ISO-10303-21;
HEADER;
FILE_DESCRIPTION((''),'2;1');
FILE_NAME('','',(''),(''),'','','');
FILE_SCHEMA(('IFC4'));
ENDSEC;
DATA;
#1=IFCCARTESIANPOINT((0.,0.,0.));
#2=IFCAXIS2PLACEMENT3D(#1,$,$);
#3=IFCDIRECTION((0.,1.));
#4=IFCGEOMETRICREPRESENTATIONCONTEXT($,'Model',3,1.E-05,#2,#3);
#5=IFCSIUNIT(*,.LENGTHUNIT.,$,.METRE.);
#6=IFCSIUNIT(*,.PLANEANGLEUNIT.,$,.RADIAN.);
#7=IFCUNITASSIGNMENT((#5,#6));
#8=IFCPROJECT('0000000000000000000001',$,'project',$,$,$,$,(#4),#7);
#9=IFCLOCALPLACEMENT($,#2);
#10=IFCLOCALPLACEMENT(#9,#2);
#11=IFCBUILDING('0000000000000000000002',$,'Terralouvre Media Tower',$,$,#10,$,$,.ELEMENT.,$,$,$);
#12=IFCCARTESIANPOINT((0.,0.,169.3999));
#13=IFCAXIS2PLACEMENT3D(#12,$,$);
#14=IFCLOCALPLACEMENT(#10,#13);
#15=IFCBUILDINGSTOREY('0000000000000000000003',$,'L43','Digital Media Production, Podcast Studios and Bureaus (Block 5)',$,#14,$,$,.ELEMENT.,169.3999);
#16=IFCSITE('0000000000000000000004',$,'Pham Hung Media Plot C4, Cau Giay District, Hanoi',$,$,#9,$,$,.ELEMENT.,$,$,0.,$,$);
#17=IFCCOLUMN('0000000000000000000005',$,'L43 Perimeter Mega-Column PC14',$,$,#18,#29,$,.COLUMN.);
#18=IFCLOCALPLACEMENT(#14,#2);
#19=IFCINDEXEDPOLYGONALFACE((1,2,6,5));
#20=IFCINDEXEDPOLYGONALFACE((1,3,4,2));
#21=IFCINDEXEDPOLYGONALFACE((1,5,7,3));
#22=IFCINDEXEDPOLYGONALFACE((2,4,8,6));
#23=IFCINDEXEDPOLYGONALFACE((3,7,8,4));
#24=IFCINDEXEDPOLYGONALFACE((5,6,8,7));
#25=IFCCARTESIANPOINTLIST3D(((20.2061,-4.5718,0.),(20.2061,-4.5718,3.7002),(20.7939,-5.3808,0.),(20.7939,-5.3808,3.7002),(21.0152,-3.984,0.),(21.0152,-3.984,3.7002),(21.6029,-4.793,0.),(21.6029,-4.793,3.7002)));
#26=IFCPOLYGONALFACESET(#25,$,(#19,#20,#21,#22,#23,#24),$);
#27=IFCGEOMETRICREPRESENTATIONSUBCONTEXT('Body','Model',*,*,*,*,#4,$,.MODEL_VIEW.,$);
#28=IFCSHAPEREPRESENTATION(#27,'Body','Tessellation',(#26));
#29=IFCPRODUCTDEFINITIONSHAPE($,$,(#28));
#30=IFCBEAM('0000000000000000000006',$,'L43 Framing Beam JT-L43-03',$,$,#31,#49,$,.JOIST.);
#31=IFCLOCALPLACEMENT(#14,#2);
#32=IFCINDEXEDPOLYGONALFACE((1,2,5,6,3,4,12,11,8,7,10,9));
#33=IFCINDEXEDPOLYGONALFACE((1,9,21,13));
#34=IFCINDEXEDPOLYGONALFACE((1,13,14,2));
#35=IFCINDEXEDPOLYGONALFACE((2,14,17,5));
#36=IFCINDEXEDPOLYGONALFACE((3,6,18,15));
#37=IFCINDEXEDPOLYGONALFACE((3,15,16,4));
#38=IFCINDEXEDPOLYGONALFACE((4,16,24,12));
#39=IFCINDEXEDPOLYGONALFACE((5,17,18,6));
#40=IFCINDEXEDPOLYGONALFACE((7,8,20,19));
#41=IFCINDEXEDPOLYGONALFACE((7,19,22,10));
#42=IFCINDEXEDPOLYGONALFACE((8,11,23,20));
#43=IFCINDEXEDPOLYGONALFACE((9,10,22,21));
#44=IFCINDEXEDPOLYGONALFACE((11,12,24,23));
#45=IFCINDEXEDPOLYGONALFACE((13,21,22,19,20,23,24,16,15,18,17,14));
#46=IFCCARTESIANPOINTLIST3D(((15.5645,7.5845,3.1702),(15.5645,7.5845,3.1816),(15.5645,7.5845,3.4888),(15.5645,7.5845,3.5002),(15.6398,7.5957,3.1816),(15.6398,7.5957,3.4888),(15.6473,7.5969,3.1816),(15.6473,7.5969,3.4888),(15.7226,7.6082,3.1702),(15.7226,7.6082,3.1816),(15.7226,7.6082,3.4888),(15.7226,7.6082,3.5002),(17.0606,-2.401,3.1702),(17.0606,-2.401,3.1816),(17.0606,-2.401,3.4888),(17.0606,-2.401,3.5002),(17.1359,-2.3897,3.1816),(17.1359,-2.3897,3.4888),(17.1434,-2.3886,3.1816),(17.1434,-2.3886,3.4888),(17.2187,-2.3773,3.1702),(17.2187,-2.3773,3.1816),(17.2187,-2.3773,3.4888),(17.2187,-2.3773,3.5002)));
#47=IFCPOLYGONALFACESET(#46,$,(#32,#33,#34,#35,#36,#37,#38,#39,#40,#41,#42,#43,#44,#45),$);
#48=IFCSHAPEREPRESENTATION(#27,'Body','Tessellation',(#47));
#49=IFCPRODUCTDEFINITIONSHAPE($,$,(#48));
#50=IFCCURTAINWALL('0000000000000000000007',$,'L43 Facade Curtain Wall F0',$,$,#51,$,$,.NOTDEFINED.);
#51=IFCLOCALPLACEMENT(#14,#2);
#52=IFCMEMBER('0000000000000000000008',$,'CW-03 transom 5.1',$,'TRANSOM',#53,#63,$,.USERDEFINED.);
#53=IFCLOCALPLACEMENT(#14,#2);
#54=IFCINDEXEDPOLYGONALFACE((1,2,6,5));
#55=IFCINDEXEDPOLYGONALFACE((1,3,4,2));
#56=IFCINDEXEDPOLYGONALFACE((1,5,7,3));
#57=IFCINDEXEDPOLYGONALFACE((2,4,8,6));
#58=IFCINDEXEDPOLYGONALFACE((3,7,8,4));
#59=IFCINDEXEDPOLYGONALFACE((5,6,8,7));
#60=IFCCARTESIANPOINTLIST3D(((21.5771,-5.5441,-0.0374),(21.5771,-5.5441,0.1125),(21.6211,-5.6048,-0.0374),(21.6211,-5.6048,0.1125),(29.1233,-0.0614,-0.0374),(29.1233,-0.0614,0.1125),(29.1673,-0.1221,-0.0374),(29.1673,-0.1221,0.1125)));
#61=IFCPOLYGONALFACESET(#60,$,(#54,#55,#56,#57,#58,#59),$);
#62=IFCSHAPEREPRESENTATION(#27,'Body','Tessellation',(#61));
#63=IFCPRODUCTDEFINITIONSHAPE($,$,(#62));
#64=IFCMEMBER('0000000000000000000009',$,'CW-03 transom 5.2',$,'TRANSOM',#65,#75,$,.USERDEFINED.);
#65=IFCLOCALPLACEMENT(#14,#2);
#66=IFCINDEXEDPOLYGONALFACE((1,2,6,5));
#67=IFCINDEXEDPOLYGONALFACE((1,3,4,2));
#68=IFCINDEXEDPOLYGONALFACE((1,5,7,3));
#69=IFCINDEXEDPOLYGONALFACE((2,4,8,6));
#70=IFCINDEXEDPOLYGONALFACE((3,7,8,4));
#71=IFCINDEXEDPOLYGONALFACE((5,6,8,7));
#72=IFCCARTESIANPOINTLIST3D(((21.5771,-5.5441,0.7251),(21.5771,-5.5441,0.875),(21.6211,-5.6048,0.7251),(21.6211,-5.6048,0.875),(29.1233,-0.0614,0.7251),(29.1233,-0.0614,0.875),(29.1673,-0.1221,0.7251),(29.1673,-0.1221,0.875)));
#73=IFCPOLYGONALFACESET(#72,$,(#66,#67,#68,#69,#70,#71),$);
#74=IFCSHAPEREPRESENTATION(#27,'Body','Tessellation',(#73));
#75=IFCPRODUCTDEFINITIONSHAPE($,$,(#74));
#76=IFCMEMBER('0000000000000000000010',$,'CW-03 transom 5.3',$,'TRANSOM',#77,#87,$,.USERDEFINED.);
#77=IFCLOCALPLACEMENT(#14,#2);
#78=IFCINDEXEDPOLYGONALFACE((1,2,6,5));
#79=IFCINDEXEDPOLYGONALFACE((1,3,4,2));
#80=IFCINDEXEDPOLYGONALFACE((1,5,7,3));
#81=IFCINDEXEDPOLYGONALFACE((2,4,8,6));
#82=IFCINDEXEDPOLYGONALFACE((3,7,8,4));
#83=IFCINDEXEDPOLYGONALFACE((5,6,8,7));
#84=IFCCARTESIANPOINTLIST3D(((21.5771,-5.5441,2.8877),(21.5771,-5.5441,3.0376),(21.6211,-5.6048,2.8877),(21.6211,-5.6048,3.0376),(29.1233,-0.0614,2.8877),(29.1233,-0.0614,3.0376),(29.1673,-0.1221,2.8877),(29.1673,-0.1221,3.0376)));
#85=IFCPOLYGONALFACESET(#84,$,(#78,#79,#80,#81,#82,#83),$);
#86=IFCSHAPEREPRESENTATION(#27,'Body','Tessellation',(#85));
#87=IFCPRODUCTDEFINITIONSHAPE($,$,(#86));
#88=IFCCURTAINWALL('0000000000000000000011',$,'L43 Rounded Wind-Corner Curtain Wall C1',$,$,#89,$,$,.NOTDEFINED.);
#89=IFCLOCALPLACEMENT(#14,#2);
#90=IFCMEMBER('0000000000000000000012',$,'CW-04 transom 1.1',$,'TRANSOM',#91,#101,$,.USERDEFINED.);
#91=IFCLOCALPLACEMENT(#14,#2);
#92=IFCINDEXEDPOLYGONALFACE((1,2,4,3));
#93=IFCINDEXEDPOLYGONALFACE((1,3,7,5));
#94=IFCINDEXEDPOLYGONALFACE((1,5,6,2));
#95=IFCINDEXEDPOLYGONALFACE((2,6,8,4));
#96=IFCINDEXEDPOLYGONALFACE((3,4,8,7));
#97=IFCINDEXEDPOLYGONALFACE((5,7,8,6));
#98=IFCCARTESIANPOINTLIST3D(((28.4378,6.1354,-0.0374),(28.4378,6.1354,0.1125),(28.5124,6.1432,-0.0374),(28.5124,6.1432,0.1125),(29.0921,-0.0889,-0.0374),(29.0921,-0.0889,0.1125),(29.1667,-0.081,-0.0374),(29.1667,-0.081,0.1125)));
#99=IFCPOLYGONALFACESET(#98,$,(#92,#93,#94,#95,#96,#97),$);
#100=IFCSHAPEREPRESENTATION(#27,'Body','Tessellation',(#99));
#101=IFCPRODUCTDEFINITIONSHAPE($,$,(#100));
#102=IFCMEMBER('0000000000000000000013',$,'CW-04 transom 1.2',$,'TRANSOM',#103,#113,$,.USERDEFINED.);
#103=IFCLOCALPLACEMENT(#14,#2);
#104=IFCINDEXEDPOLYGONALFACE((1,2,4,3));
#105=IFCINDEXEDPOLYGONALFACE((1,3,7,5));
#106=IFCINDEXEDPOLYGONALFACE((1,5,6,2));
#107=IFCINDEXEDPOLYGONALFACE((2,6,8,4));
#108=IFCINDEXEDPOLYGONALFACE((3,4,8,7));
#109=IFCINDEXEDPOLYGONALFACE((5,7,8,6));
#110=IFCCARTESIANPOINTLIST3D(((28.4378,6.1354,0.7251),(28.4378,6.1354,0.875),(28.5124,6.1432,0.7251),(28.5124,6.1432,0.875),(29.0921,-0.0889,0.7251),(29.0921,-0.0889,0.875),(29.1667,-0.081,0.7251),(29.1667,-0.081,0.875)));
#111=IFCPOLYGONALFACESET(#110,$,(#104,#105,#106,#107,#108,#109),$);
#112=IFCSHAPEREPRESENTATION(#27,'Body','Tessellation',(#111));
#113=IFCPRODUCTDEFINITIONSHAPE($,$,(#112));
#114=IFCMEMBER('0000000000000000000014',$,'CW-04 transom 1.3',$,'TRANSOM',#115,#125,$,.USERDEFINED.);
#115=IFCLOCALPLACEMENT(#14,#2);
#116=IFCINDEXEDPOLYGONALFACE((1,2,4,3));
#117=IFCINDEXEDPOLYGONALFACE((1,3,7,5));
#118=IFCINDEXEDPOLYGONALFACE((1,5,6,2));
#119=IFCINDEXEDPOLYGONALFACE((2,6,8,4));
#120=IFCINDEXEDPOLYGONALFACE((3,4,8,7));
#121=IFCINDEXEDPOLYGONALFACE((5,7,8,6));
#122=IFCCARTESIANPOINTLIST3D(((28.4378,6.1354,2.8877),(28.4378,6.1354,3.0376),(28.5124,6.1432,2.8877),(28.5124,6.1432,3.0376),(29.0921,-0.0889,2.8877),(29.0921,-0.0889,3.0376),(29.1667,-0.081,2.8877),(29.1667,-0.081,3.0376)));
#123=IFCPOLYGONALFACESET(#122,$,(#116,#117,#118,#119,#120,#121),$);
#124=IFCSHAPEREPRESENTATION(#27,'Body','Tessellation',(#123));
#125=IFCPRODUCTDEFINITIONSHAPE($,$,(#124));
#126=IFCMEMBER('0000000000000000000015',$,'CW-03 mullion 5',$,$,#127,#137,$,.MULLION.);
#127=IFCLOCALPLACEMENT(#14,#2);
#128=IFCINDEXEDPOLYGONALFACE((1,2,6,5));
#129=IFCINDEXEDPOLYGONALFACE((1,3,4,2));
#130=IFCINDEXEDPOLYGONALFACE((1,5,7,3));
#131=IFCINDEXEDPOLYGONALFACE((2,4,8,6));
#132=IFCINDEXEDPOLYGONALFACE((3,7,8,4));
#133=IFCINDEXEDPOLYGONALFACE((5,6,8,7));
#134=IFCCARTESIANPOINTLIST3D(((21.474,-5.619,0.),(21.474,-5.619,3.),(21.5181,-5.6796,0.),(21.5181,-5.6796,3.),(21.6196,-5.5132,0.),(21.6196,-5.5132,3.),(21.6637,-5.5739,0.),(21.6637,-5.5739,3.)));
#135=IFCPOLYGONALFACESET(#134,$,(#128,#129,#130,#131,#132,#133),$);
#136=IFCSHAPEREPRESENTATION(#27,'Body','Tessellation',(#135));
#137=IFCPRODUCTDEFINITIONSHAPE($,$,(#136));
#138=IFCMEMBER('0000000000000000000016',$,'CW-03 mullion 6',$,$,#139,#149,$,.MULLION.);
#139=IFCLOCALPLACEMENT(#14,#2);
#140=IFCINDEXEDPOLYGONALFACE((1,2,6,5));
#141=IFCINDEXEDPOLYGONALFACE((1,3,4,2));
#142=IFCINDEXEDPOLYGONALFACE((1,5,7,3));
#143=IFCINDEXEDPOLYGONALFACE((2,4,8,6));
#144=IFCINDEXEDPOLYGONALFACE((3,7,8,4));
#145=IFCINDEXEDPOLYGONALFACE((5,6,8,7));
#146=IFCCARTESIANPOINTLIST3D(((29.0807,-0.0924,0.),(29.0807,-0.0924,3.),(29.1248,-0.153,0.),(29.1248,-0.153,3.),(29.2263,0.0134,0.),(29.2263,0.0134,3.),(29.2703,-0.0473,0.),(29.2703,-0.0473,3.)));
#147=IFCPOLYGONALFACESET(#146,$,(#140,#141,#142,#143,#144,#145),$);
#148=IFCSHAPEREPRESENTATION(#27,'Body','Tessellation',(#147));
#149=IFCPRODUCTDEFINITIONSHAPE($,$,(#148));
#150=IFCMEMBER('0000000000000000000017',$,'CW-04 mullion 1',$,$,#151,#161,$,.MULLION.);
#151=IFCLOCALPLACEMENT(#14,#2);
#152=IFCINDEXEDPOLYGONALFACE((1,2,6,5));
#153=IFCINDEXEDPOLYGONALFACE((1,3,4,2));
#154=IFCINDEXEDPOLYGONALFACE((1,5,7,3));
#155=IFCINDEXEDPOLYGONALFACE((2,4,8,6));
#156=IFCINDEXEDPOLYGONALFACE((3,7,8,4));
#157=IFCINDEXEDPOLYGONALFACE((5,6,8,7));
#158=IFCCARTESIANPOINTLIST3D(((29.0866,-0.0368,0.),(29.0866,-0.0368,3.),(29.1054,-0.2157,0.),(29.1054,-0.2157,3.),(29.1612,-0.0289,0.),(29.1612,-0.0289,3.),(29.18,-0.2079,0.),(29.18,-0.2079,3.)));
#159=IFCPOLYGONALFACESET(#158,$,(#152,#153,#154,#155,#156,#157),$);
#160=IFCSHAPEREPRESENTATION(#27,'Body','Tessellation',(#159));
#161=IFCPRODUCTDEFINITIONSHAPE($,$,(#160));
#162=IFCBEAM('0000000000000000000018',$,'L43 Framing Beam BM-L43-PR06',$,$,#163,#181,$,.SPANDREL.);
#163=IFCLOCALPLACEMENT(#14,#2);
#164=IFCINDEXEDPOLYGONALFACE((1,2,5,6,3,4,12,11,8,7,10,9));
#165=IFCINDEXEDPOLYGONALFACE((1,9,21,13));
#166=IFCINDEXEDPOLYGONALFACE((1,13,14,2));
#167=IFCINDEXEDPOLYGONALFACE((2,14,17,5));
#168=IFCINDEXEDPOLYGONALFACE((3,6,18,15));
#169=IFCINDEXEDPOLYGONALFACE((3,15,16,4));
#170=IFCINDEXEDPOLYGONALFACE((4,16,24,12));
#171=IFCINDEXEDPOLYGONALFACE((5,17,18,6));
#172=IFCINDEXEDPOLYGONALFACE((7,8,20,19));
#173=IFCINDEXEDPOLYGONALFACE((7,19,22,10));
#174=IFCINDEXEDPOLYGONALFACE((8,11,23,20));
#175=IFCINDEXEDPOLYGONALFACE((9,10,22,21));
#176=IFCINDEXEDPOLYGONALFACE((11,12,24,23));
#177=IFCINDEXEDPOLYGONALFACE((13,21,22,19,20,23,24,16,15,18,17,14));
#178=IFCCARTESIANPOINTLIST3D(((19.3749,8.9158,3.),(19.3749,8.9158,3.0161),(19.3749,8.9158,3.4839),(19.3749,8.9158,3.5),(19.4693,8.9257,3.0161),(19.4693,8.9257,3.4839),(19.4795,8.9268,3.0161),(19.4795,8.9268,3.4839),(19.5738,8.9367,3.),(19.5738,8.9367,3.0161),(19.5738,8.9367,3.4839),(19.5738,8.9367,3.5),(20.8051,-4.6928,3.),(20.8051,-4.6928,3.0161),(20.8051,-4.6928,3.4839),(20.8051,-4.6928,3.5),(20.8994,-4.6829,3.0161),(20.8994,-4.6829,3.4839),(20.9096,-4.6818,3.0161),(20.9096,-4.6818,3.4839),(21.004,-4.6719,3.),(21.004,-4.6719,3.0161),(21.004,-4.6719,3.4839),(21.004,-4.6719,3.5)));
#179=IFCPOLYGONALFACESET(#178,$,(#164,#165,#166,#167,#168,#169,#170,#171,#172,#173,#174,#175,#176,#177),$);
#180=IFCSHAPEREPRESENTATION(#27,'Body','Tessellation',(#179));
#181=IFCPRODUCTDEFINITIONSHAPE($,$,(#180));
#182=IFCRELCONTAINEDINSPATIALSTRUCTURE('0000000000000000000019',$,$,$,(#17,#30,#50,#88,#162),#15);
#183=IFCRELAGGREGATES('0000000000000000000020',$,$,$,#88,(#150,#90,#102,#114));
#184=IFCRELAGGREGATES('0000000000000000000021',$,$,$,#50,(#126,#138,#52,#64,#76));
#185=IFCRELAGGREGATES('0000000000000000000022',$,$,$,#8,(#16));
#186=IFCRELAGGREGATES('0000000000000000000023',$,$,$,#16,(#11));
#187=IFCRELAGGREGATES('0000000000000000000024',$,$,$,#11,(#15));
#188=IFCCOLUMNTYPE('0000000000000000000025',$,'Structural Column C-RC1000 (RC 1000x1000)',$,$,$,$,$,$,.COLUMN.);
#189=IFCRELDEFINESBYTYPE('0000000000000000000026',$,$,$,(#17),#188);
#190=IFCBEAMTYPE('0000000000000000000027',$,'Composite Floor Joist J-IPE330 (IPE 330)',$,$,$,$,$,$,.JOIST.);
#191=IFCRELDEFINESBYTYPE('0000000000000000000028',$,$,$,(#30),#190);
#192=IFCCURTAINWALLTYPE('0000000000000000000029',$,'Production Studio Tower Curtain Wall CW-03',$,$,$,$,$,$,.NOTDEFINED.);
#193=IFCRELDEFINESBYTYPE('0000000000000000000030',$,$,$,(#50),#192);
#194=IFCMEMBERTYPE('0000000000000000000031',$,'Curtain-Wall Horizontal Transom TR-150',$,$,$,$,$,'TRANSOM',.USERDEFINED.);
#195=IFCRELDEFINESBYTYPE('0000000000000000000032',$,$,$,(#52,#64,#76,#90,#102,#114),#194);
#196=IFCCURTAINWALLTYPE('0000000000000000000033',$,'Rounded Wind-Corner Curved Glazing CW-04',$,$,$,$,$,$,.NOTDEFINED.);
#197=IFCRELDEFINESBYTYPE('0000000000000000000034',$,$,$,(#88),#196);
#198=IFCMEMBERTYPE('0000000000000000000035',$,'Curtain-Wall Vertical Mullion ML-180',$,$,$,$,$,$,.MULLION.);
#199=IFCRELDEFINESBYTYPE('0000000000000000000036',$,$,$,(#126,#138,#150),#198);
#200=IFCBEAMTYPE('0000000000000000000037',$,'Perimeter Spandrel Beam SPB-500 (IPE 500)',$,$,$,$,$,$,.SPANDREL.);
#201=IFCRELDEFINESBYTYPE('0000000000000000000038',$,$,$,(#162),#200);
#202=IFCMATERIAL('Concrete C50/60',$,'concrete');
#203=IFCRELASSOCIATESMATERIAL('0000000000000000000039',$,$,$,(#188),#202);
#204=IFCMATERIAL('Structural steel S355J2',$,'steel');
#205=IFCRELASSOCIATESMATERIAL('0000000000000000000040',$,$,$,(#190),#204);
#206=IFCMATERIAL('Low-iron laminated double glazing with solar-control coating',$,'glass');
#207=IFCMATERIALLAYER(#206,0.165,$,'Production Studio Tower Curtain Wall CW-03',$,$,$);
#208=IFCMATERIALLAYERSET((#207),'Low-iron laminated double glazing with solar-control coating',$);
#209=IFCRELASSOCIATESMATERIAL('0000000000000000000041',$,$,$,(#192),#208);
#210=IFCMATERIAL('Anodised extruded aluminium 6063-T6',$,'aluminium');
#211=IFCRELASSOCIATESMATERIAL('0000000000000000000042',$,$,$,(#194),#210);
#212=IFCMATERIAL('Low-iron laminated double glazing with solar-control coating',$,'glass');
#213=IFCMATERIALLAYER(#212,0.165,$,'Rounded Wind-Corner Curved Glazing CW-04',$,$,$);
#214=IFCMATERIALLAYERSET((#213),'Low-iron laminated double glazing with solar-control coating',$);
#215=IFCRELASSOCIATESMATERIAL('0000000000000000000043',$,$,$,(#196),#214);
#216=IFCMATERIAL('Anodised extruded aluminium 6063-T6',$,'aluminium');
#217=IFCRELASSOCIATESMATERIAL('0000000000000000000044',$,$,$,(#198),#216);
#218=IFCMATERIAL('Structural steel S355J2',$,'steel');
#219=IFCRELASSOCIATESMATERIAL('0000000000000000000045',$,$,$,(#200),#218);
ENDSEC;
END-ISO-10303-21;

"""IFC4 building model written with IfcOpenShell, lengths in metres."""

from ifc_helpers import new_model, si_unit, direction, frame, origin, origin_2d, place, context, subcontext, project, spatial, rectangle, i_section, extrude, material, layer, layer_set, material_profile, profile_set, type_object, element, aggregate, save


model = new_model("IFC4")

# Units and contexts
model_context = context("Model", 3, precision=1e-05, world=origin(), true_north=direction((0.0, 1.0)))
body_context = subcontext(model_context, "Body", "Model", "MODEL_VIEW")
ifc_project = project(units=[si_unit("LENGTHUNIT", "METRE"), si_unit("PLANEANGLEUNIT", "RADIAN")], contexts=[model_context])

# Site, building, storey
site_placement = place(None, origin())
site = spatial("IfcSite", under=ifc_project, at=site_placement, Name="Pham Hung Media Plot C4, Cau Giay District, Hanoi", CompositionType="ELEMENT", RefElevation=0.0)
building_placement = place(site_placement, origin())
building = spatial("IfcBuilding", under=site, at=building_placement, Name="Terralouvre Media Tower", CompositionType="ELEMENT")
storey_placement = place(building_placement, frame((0.0, 0.0, 169.3999)))
storey = spatial("IfcBuildingStorey", under=building, at=storey_placement, Name="L43", Description="Digital Media Production, Podcast Studios and Bureaus (Block 5)", CompositionType="ELEMENT", Elevation=169.3999)

# Column
ifc_material_1 = material(Name="Concrete C50/60", Category="concrete")
ifc_material_profile_1 = material_profile(ifc_material_1, rectangle(XDim=1.0, YDim=1.0, at=origin_2d()), Name="RC 1000x1000")
ifc_profile_set_1 = profile_set([ifc_material_profile_1], Name="Concrete C50/60")
column_type = type_object("IfcColumnType", Name="Structural Column C-RC1000 (RC 1000x1000)", PredefinedType="COLUMN", material=ifc_profile_set_1)
column_placement = place(storey_placement, frame((20.9045, -4.6824, 0.0), z_axis=(0.0, 0.0, 1.0), x_axis=(0.809017, 0.587785, 0.0)))
element("IfcColumn", 1, at=column_placement, inside=storey, type_object=column_type, Name="L43 Perimeter Mega-Column PC14", PredefinedType="COLUMN", context=body_context, shape_type="SweptSolid", body=[
    extrude(rectangle(XDim=1.0, YDim=1.0, at=origin_2d()), origin(), (0.0, 0.0, 1.0), 3.7002),
])

# Beam
ifc_material_2 = material(Name="Structural steel S355J2", Category="steel")
ifc_material_profile_2 = material_profile(ifc_material_2, i_section(OverallWidth=0.1599, OverallDepth=0.3301, WebThickness=0.0076, FlangeThickness=0.0115, at=origin_2d()), Name="IPE 330")
ifc_profile_set_2 = profile_set([ifc_material_profile_2], Name="Structural steel S355J2")
beam_type_1 = type_object("IfcBeamType", Name="Composite Floor Joist J-IPE330 (IPE 330)", PredefinedType="JOIST", material=ifc_profile_set_2)
beam_1_placement = place(storey_placement, frame((17.1396, -2.3892, 3.3352), z_axis=(-0.148175, 0.988961, 0.0), x_axis=(-0.988961, -0.148175, 0.0)))
element("IfcBeam", 2, at=beam_1_placement, inside=storey, type_object=beam_type_1, Name="L43 Framing Beam JT-L43-03", PredefinedType="JOIST", context=body_context, shape_type="SweptSolid", body=[
    extrude(i_section(OverallWidth=0.1599, OverallDepth=0.3301, WebThickness=0.0076, FlangeThickness=0.0115, at=origin_2d()), origin(), (0.0, 0.0, 1.0), 10.0969),
])

# Curtain walls, members
ifc_material_3 = material(Name="Low-iron laminated double glazing with solar-control coating", Category="glass")
ifc_layer_1 = layer(ifc_material_3, 0.165, Name="Production Studio Tower Curtain Wall CW-03")
ifc_layer_set_1 = layer_set([ifc_layer_1], Name="Low-iron laminated double glazing with solar-control coating")
curtain_wall_type_1 = type_object("IfcCurtainWallType", Name="Production Studio Tower Curtain Wall CW-03", PredefinedType="NOTDEFINED", material=ifc_layer_set_1)
curtain_wall_1_placement = place(storey_placement, origin())
curtain_wall_1 = element("IfcCurtainWall", 3, at=curtain_wall_1_placement, inside=storey, type_object=curtain_wall_type_1, Name="L43 Facade Curtain Wall F0", PredefinedType="NOTDEFINED")
ifc_material_4 = material(Name="Anodised extruded aluminium 6063-T6", Category="aluminium")
ifc_material_profile_3 = material_profile(ifc_material_4, rectangle(XDim=0.075, YDim=0.1499, at=origin_2d()), Name="ALU 75x150")
ifc_profile_set_3 = profile_set([ifc_material_profile_3], Name="Anodised extruded aluminium 6063-T6")
member_type_1 = type_object("IfcMemberType", Name="Curtain-Wall Horizontal Transom TR-150", ElementType="TRANSOM", PredefinedType="USERDEFINED", material=ifc_profile_set_3)
member_1_placement = place(storey_placement, frame((21.5991, -5.5745, 0.0376), z_axis=(0.809013, 0.58779, 0.0), x_axis=(-0.58779, 0.809013, 0.0)))
member_1 = element("IfcMember", 4, at=member_1_placement, type_object=member_type_1, Name="CW-03 transom 5.1", ObjectType="TRANSOM", PredefinedType="USERDEFINED", context=body_context, shape_type="SweptSolid", body=[
    extrude(rectangle(XDim=0.075, YDim=0.1499, at=origin_2d()), origin(), (0.0, 0.0, 1.0), 9.3276),
])
member_2_placement = place(storey_placement, frame((21.5991, -5.5745, 0.8), z_axis=(0.809013, 0.58779, 0.0), x_axis=(-0.58779, 0.809013, 0.0)))
member_2 = element("IfcMember", 5, at=member_2_placement, type_object=member_type_1, Name="CW-03 transom 5.2", ObjectType="TRANSOM", PredefinedType="USERDEFINED", context=body_context, shape_type="SweptSolid", body=[
    extrude(rectangle(XDim=0.075, YDim=0.1499, at=origin_2d()), origin(), (0.0, 0.0, 1.0), 9.3276),
])
member_3_placement = place(storey_placement, frame((21.5991, -5.5745, 2.9626), z_axis=(0.809013, 0.58779, 0.0), x_axis=(-0.58779, 0.809013, 0.0)))
member_3 = element("IfcMember", 6, at=member_3_placement, type_object=member_type_1, Name="CW-03 transom 5.3", ObjectType="TRANSOM", PredefinedType="USERDEFINED", context=body_context, shape_type="SweptSolid", body=[
    extrude(rectangle(XDim=0.075, YDim=0.1499, at=origin_2d()), origin(), (0.0, 0.0, 1.0), 9.3276),
])
ifc_material_5 = material(Name="Low-iron laminated double glazing with solar-control coating", Category="glass")
ifc_layer_2 = layer(ifc_material_5, 0.165, Name="Rounded Wind-Corner Curved Glazing CW-04")
ifc_layer_set_2 = layer_set([ifc_layer_2], Name="Low-iron laminated double glazing with solar-control coating")
curtain_wall_type_2 = type_object("IfcCurtainWallType", Name="Rounded Wind-Corner Curved Glazing CW-04", PredefinedType="NOTDEFINED", material=ifc_layer_set_2)
curtain_wall_2_placement = place(storey_placement, origin())
curtain_wall_2 = element("IfcCurtainWall", 7, at=curtain_wall_2_placement, inside=storey, type_object=curtain_wall_type_2, Name="L43 Rounded Wind-Corner Curtain Wall C1", PredefinedType="NOTDEFINED")
member_4_placement = place(storey_placement, frame((29.1294, -0.085, 0.0376), z_axis=(-0.104543, 0.99452, 0.0), x_axis=(-0.99452, -0.104543, 0.0)))
member_4 = element("IfcMember", 8, at=member_4_placement, type_object=member_type_1, Name="CW-04 transom 1.1", ObjectType="TRANSOM", PredefinedType="USERDEFINED", context=body_context, shape_type="SweptSolid", body=[
    extrude(rectangle(XDim=0.075, YDim=0.1499, at=origin_2d()), origin(), (0.0, 0.0, 1.0), 6.2585),
])
member_5_placement = place(storey_placement, frame((29.1294, -0.085, 0.8), z_axis=(-0.104543, 0.99452, 0.0), x_axis=(-0.99452, -0.104543, 0.0)))
member_5 = element("IfcMember", 9, at=member_5_placement, type_object=member_type_1, Name="CW-04 transom 1.2", ObjectType="TRANSOM", PredefinedType="USERDEFINED", context=body_context, shape_type="SweptSolid", body=[
    extrude(rectangle(XDim=0.075, YDim=0.1499, at=origin_2d()), origin(), (0.0, 0.0, 1.0), 6.2585),
])
member_6_placement = place(storey_placement, frame((29.1294, -0.085, 2.9626), z_axis=(-0.104543, 0.99452, 0.0), x_axis=(-0.99452, -0.104543, 0.0)))
member_6 = element("IfcMember", 10, at=member_6_placement, type_object=member_type_1, Name="CW-04 transom 1.3", ObjectType="TRANSOM", PredefinedType="USERDEFINED", context=body_context, shape_type="SweptSolid", body=[
    extrude(rectangle(XDim=0.075, YDim=0.1499, at=origin_2d()), origin(), (0.0, 0.0, 1.0), 6.2585),
])

# Members
ifc_material_6 = material(Name="Anodised extruded aluminium 6063-T6", Category="aluminium")
ifc_material_profile_4 = material_profile(ifc_material_6, rectangle(XDim=0.075, YDim=0.1799, at=origin_2d()), Name="ALU 75x180")
ifc_profile_set_4 = profile_set([ifc_material_profile_4], Name="Anodised extruded aluminium 6063-T6")
member_type_2 = type_object("IfcMemberType", Name="Curtain-Wall Vertical Mullion ML-180", PredefinedType="MULLION", material=ifc_profile_set_4)
member_7_placement = place(storey_placement, frame((21.5688, -5.5964, 0.0), z_axis=(0.0, 0.0, 1.0), x_axis=(-0.587785, 0.809017, 0.0)))
member_7 = element("IfcMember", 11, at=member_7_placement, type_object=member_type_2, Name="CW-03 mullion 5", PredefinedType="MULLION", context=body_context, shape_type="SweptSolid", body=[
    extrude(rectangle(XDim=0.075, YDim=0.1799, at=origin_2d()), origin(), (0.0, 0.0, 1.0), 3.0),
])
member_8_placement = place(storey_placement, frame((29.1755, -0.0698, 0.0), z_axis=(0.0, 0.0, 1.0), x_axis=(-0.587785, 0.809017, 0.0)))
member_8 = element("IfcMember", 12, at=member_8_placement, type_object=member_type_2, Name="CW-03 mullion 6", PredefinedType="MULLION", context=body_context, shape_type="SweptSolid", body=[
    extrude(rectangle(XDim=0.075, YDim=0.1799, at=origin_2d()), origin(), (0.0, 0.0, 1.0), 3.0),
])
member_9_placement = place(storey_placement, frame((29.1333, -0.1223, 0.0), z_axis=(0.0, 0.0, 1.0), x_axis=(-0.994522, -0.104529, 0.0)))
member_9 = element("IfcMember", 13, at=member_9_placement, type_object=member_type_2, Name="CW-04 mullion 1", PredefinedType="MULLION", context=body_context, shape_type="SweptSolid", body=[
    extrude(rectangle(XDim=0.075, YDim=0.1799, at=origin_2d()), origin(), (0.0, 0.0, 1.0), 3.0),
])
aggregate(curtain_wall_2, [member_9, member_4, member_5, member_6])

# Beam
ifc_material_7 = material(Name="Structural steel S355J2", Category="steel")
ifc_material_profile_5 = material_profile(ifc_material_7, i_section(OverallWidth=0.2, OverallDepth=0.5, WebThickness=0.0103, FlangeThickness=0.0161, at=origin_2d()), Name="IPE 500")
ifc_profile_set_5 = profile_set([ifc_material_profile_5], Name="Structural steel S355J2")
beam_type_2 = type_object("IfcBeamType", Name="Perimeter Spandrel Beam SPB-500 (IPE 500)", PredefinedType="SPANDREL", material=ifc_profile_set_5)
beam_2_placement = place(storey_placement, frame((20.9045, -4.6824, 3.25), z_axis=(-0.104518, 0.994523, 0.0), x_axis=(-0.994523, -0.104518, 0.0)))
element("IfcBeam", 14, at=beam_2_placement, inside=storey, type_object=beam_type_2, Name="L43 Framing Beam BM-L43-PR06", PredefinedType="SPANDREL", context=body_context, shape_type="SweptSolid", body=[
    extrude(i_section(OverallWidth=0.2, OverallDepth=0.5, WebThickness=0.0103, FlangeThickness=0.0161, at=origin_2d()), origin(), (0.0, 0.0, 1.0), 13.6836),
])

aggregate(curtain_wall_1, [member_7, member_8, member_1, member_2, member_3])

save(model, "model.ifc")
